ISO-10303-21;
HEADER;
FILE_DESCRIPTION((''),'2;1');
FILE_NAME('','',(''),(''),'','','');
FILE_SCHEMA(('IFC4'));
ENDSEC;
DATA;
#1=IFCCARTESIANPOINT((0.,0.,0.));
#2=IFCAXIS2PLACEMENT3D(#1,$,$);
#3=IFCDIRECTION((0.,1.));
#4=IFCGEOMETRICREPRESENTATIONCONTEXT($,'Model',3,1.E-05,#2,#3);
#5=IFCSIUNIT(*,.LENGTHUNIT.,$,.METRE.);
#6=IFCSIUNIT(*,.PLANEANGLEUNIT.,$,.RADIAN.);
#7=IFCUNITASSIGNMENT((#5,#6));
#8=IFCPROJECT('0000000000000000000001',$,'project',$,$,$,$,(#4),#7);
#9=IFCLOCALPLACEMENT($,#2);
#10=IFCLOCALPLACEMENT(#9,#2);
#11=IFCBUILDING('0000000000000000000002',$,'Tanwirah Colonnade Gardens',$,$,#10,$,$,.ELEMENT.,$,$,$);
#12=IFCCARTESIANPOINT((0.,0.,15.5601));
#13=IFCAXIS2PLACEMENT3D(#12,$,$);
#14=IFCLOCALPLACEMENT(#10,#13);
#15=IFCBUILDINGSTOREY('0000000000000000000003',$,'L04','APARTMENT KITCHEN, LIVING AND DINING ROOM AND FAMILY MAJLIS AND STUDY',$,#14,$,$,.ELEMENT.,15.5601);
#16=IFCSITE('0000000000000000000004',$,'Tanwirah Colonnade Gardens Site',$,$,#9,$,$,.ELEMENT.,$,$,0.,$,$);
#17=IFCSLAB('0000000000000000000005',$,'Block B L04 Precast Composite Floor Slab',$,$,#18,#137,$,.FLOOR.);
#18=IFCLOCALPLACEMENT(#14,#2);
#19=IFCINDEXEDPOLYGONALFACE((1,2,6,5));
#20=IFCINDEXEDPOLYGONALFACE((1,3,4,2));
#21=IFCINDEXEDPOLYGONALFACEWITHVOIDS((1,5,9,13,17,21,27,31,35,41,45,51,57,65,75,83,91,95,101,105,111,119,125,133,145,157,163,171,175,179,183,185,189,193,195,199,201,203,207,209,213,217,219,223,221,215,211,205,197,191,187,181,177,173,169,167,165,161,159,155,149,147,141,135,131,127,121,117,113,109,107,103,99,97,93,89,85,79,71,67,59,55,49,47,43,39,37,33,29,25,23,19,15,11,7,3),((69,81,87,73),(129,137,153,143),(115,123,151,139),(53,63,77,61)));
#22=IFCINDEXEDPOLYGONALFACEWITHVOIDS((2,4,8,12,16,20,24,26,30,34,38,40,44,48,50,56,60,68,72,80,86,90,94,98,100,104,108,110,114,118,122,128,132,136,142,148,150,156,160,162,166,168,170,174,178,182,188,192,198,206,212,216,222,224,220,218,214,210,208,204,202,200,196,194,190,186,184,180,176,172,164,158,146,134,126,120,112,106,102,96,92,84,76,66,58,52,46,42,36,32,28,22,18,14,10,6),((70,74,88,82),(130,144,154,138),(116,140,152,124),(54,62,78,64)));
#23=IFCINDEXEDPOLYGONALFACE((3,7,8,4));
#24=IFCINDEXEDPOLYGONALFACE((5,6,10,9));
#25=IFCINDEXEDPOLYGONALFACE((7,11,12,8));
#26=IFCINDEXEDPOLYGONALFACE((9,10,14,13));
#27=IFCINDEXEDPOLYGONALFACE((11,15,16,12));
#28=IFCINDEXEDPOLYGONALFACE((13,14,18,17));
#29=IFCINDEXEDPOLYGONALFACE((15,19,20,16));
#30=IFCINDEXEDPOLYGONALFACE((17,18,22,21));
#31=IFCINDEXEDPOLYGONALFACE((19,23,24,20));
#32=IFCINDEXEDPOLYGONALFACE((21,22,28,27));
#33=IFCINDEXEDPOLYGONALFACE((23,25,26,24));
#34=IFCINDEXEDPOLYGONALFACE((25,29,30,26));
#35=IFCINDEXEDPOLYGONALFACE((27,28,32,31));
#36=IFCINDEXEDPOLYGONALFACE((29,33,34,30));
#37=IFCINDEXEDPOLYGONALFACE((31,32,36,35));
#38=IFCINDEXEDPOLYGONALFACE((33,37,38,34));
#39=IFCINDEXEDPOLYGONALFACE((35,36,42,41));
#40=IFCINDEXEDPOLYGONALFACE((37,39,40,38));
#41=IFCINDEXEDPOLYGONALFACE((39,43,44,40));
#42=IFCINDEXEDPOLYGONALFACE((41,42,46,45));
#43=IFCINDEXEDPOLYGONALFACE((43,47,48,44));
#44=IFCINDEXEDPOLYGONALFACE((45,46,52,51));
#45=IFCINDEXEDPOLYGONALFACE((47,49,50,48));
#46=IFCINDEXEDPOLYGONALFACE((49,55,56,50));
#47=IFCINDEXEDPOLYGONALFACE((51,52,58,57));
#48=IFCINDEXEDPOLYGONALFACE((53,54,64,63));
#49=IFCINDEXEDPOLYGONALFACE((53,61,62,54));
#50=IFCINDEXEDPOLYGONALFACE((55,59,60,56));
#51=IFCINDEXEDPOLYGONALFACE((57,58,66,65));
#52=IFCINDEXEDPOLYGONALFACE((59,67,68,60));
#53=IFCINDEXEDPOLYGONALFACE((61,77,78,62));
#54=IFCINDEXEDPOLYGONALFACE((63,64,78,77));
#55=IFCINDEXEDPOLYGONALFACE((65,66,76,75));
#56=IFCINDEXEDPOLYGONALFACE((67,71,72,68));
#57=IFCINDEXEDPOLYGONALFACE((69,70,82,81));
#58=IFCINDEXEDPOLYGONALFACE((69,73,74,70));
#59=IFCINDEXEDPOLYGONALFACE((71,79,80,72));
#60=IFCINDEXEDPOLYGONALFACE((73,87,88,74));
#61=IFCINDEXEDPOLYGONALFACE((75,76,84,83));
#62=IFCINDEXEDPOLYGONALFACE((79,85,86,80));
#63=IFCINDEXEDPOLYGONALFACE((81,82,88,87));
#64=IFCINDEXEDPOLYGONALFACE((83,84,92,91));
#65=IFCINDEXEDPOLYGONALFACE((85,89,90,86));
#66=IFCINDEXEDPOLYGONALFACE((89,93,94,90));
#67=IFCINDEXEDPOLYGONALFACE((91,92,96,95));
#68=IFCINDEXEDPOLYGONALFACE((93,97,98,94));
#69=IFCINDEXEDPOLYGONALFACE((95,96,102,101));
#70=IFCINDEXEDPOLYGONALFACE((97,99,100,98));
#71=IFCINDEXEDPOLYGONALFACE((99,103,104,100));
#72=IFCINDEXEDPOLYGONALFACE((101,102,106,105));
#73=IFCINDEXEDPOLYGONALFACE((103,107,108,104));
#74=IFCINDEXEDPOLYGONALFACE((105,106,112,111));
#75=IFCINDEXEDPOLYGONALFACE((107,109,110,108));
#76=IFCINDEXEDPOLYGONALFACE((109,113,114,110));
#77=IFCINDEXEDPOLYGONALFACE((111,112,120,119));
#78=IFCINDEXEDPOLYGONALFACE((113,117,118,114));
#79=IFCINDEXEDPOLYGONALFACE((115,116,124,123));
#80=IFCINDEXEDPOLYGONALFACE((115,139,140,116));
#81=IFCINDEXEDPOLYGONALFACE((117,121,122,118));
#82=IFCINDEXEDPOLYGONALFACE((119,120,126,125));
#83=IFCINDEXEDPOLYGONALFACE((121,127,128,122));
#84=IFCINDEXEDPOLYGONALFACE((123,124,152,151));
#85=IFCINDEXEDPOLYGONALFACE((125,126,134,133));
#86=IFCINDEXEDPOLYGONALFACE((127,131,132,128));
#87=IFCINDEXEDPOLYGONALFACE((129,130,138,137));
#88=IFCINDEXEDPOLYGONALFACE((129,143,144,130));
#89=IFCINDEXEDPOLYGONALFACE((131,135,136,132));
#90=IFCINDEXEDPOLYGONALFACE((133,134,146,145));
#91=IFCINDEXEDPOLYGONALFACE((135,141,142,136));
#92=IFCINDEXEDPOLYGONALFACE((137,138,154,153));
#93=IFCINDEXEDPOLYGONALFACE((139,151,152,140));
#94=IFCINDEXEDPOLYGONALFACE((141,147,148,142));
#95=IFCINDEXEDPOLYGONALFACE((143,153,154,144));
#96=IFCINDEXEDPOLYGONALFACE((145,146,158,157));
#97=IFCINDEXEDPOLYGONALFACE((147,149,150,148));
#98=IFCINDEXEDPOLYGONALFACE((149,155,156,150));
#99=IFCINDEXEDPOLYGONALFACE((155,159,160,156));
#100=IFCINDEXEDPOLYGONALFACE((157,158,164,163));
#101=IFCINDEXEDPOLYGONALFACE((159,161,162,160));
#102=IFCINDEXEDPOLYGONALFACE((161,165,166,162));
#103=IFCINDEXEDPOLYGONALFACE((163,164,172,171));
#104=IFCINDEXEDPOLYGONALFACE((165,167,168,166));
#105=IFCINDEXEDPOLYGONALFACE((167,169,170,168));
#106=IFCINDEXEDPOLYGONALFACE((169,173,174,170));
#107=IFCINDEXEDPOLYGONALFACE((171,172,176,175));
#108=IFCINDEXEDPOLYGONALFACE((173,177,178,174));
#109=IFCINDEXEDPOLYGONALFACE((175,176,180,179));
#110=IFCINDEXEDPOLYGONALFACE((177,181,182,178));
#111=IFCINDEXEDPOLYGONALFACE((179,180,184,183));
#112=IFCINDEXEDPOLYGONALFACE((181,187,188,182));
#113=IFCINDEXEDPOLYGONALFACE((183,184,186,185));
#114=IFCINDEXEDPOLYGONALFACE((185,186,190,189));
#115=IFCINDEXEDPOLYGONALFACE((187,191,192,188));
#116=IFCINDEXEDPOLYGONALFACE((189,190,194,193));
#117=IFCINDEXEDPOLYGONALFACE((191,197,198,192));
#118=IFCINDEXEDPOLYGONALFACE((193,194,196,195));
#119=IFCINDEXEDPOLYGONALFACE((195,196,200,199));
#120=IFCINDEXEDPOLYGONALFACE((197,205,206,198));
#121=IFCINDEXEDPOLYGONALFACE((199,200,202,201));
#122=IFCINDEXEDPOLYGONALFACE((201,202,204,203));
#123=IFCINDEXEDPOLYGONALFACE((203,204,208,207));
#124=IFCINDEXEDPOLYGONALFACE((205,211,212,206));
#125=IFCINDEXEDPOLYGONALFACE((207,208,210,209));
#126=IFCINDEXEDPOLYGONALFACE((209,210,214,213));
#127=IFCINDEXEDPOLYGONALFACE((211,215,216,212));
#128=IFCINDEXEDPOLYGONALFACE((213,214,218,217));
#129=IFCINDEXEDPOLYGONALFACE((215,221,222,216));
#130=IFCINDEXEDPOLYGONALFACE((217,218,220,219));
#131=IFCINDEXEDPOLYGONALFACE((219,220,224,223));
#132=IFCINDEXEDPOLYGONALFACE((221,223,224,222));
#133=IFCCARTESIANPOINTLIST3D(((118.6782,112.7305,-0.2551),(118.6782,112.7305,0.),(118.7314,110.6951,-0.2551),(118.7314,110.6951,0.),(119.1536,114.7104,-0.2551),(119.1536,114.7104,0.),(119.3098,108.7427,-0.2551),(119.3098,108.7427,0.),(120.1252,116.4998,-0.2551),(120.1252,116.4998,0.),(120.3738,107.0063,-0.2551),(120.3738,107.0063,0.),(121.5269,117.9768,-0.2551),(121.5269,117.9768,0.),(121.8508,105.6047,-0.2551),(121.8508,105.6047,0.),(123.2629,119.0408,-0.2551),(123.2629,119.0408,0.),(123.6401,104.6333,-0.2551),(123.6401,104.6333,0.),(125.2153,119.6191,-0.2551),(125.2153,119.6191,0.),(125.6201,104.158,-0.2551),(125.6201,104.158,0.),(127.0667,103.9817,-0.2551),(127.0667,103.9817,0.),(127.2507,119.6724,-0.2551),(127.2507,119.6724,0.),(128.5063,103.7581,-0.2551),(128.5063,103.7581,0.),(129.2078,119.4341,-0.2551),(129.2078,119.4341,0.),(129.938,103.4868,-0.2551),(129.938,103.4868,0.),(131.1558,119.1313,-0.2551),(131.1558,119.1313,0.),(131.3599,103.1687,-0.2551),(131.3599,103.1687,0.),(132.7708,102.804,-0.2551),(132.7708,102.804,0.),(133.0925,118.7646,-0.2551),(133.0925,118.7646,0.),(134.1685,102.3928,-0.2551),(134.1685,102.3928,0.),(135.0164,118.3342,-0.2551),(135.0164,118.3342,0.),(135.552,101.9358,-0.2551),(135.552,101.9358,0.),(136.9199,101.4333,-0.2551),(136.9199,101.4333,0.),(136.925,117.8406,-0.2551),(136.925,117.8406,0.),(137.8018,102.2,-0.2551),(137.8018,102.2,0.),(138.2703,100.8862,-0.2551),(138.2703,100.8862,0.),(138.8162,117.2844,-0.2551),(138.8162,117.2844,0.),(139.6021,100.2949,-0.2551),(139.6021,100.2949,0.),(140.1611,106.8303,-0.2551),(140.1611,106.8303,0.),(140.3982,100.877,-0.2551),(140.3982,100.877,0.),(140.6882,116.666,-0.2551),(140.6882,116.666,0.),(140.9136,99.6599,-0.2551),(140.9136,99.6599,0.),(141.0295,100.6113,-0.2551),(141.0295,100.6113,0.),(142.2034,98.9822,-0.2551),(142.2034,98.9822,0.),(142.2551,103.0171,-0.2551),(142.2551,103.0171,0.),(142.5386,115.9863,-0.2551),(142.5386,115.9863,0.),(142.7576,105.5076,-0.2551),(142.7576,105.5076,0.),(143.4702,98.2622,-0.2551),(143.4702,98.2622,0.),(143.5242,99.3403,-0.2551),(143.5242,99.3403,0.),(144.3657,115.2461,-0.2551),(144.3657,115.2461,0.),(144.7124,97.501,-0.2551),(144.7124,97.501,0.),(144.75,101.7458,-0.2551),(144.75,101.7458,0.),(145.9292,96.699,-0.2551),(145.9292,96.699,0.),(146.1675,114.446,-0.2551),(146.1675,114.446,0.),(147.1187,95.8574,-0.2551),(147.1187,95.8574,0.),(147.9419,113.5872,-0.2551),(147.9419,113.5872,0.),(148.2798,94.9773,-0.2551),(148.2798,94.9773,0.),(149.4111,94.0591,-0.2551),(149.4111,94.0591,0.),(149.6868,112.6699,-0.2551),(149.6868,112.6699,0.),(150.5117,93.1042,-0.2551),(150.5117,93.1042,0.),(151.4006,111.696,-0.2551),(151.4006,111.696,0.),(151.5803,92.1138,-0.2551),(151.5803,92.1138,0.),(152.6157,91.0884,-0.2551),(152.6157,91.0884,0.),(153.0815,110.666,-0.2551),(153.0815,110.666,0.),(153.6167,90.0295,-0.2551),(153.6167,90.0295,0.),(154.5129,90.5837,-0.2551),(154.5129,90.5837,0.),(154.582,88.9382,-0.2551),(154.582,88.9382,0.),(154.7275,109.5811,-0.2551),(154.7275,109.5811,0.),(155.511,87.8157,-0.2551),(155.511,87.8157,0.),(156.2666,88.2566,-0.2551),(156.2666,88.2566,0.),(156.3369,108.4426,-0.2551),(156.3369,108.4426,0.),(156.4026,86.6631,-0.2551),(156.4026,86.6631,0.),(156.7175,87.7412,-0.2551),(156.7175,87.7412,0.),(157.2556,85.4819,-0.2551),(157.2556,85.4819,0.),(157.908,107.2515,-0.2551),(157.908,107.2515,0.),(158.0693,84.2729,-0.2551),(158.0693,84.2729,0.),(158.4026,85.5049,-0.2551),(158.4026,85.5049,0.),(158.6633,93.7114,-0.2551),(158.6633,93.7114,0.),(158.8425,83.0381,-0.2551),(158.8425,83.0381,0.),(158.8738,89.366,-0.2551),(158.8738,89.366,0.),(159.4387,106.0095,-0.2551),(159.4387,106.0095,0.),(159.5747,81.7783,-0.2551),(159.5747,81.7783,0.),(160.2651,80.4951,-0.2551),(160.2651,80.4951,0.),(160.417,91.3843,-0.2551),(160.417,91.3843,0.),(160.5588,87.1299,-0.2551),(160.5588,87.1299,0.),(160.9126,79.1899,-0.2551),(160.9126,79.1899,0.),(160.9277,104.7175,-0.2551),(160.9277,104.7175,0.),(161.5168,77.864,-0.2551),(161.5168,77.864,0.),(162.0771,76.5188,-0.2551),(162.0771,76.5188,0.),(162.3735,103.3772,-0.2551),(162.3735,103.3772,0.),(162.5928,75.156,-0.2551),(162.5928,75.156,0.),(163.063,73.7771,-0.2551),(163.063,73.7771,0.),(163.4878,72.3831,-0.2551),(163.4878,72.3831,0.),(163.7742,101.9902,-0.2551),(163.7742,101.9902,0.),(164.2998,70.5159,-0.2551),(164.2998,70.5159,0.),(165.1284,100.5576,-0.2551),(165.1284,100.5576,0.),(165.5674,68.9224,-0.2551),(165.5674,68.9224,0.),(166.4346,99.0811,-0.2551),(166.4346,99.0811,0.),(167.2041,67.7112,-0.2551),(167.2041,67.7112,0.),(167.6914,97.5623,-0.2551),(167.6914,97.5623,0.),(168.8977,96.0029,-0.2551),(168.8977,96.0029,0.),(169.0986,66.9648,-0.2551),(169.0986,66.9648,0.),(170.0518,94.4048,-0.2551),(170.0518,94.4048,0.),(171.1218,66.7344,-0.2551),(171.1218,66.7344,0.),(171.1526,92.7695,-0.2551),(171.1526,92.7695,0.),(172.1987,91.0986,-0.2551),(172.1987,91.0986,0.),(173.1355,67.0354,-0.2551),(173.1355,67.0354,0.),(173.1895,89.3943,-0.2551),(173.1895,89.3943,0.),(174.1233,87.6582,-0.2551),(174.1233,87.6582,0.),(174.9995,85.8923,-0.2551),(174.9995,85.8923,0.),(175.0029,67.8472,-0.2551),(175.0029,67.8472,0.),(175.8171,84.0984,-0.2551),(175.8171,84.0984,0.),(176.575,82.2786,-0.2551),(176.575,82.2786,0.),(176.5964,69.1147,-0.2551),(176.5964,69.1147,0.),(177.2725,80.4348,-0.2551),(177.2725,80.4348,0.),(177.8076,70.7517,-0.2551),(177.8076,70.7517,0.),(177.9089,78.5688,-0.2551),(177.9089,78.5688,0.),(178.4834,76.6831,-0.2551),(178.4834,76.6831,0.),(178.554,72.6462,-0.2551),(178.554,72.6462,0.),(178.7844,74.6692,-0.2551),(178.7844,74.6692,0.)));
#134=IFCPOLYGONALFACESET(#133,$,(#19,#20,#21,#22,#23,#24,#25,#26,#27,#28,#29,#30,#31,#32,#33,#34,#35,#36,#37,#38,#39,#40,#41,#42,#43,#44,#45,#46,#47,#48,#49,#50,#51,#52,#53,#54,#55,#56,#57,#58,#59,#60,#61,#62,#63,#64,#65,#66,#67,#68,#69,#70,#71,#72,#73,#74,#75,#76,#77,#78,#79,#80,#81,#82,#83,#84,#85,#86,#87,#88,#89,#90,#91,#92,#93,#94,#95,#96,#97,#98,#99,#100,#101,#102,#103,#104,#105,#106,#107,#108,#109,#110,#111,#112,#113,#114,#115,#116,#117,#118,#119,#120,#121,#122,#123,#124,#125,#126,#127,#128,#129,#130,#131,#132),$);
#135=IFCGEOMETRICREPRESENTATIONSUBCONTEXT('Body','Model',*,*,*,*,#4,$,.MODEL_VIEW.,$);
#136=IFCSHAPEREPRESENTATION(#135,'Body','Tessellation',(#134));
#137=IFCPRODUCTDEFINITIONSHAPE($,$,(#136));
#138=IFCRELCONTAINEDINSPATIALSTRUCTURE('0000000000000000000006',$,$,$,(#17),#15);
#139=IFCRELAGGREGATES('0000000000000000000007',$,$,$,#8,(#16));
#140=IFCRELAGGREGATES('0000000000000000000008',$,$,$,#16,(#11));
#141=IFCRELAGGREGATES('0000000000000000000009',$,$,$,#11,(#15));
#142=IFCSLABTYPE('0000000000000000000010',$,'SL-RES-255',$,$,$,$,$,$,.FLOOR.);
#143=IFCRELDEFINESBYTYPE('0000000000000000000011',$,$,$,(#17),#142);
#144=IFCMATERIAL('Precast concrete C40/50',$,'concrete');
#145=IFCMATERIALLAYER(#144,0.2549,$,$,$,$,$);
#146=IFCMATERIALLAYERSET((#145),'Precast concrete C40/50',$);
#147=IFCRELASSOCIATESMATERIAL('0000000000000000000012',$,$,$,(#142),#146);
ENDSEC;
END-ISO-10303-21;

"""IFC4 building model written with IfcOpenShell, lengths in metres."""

from ifc_helpers import new_model, si_unit, direction, frame, origin, place, context, subcontext, project, spatial, polyline, outline, extrude, material, layer, layer_set, type_object, element, save


model = new_model("IFC4")

# Units and contexts
model_context = context("Model", 3, precision=1e-05, world=origin(), true_north=direction((0.0, 1.0)))
body_context = subcontext(model_context, "Body", "Model", "MODEL_VIEW")
ifc_project = project(units=[si_unit("LENGTHUNIT", "METRE"), si_unit("PLANEANGLEUNIT", "RADIAN")], contexts=[model_context])

# Site, building, storey
site_placement = place(None, origin())
site = spatial("IfcSite", under=ifc_project, at=site_placement, Name="Tanwirah Colonnade Gardens Site", CompositionType="ELEMENT", RefElevation=0.0)
building_placement = place(site_placement, origin())
building = spatial("IfcBuilding", under=site, at=building_placement, Name="Tanwirah Colonnade Gardens", CompositionType="ELEMENT")
storey_placement = place(building_placement, frame((0.0, 0.0, 15.5601)))
storey = spatial("IfcBuildingStorey", under=building, at=storey_placement, Name="L04", Description="APARTMENT KITCHEN, LIVING AND DINING ROOM AND FAMILY MAJLIS AND STUDY", CompositionType="ELEMENT", Elevation=15.5601)

# Shared definitions
ifc_material_1 = material(Name="Precast concrete C40/50", Category="concrete")

# Slab
ifc_layer_1 = layer(ifc_material_1, 0.2549)
ifc_layer_set_1 = layer_set([ifc_layer_1], Name="Precast concrete C40/50")
slab_type_1 = type_object("IfcSlabType", Name="SL-RES-255", PredefinedType="FLOOR", material=ifc_layer_set_1)
slab_1_placement = place(storey_placement, frame((0.0, 0.0, -0.2551)))
element("IfcSlab", 1, at=slab_1_placement, inside=storey, type_object=slab_type_1, Name="Block B L04 Precast Composite Floor Slab", PredefinedType="FLOOR", context=body_context, shape_type="SweptSolid", body=[
    extrude(outline(polyline([(162.5928, 75.156), (163.063, 73.7771), (163.4878, 72.3831), (164.2998, 70.5159), (165.5674, 68.9224), (167.2041, 67.7112), (169.0986, 66.9648), (171.1218, 66.7344), (173.1355, 67.0354), (175.0029, 67.8472), (176.5964, 69.1147), (177.8076, 70.7517), (178.554, 72.6462), (178.7844, 74.6692), (178.4834, 76.6831), (177.9089, 78.5688), (177.2725, 80.4348), (176.575, 82.2786), (175.8171, 84.0984), (174.9995, 85.8923), (174.1233, 87.6582), (173.1895, 89.3943), (172.1987, 91.0986), (171.1526, 92.7695), (170.0518, 94.4048), (168.8977, 96.0029), (167.6914, 97.5623), (166.4346, 99.0811), (165.1284, 100.5576), (163.7742, 101.9902), (162.3735, 103.3772), (160.9277, 104.7175), (159.4387, 106.0095), (157.908, 107.2515), (156.3369, 108.4426), (154.7275, 109.5811), (153.0815, 110.666), (151.4006, 111.696), (149.6868, 112.6699), (147.9419, 113.5872), (146.1675, 114.446), (144.3657, 115.2461), (142.5386, 115.9863), (140.6882, 116.666), (138.8162, 117.2844), (136.925, 117.8406), (135.0164, 118.3342), (133.0925, 118.7646), (131.1558, 119.1313), (129.2078, 119.4341), (127.2507, 119.6724), (125.2153, 119.6191), (123.2629, 119.0408), (121.5269, 117.9768), (120.1252, 116.4998), (119.1536, 114.7104), (118.6782, 112.7305), (118.7314, 110.6951), (119.3098, 108.7427), (120.3738, 107.0063), (121.8508, 105.6047), (123.6401, 104.6333), (125.6201, 104.158), (127.0667, 103.9817), (128.5063, 103.7581), (129.938, 103.4868), (131.3599, 103.1687), (132.7708, 102.804), (134.1685, 102.3928), (135.552, 101.9358), (136.9199, 101.4333), (138.2703, 100.8862), (139.6021, 100.2949), (140.9136, 99.6599), (142.2034, 98.9822), (143.4702, 98.2622), (144.7124, 97.501), (145.9292, 96.699), (147.1187, 95.8574), (148.2798, 94.9773), (149.4111, 94.0591), (150.5117, 93.1042), (151.5803, 92.1138), (152.6157, 91.0884), (153.6167, 90.0295), (154.582, 88.9382), (155.511, 87.8157), (156.4026, 86.6631), (157.2556, 85.4819), (158.0693, 84.2729), (158.8425, 83.0381), (159.5747, 81.7783), (160.2651, 80.4951), (160.9126, 79.1899), (161.5168, 77.864), (162.0771, 76.5188), (162.5928, 75.156)]), holes=[polyline([(160.417, 91.3843), (156.2666, 88.2566), (154.5129, 90.5837), (158.6633, 93.7114), (160.417, 91.3843)]), polyline([(158.4026, 85.5049), (156.7175, 87.7412), (158.8738, 89.366), (160.5588, 87.1299), (158.4026, 85.5049)]), polyline([(137.8018, 102.2), (140.1611, 106.8303), (142.7576, 105.5076), (140.3982, 100.877), (137.8018, 102.2)]), polyline([(142.2551, 103.0171), (144.75, 101.7458), (143.5242, 99.3403), (141.0295, 100.6113), (142.2551, 103.0171)])]), origin(), (0.0, 0.0, 1.0), 0.2551),
])

save(model, "model.ifc")
